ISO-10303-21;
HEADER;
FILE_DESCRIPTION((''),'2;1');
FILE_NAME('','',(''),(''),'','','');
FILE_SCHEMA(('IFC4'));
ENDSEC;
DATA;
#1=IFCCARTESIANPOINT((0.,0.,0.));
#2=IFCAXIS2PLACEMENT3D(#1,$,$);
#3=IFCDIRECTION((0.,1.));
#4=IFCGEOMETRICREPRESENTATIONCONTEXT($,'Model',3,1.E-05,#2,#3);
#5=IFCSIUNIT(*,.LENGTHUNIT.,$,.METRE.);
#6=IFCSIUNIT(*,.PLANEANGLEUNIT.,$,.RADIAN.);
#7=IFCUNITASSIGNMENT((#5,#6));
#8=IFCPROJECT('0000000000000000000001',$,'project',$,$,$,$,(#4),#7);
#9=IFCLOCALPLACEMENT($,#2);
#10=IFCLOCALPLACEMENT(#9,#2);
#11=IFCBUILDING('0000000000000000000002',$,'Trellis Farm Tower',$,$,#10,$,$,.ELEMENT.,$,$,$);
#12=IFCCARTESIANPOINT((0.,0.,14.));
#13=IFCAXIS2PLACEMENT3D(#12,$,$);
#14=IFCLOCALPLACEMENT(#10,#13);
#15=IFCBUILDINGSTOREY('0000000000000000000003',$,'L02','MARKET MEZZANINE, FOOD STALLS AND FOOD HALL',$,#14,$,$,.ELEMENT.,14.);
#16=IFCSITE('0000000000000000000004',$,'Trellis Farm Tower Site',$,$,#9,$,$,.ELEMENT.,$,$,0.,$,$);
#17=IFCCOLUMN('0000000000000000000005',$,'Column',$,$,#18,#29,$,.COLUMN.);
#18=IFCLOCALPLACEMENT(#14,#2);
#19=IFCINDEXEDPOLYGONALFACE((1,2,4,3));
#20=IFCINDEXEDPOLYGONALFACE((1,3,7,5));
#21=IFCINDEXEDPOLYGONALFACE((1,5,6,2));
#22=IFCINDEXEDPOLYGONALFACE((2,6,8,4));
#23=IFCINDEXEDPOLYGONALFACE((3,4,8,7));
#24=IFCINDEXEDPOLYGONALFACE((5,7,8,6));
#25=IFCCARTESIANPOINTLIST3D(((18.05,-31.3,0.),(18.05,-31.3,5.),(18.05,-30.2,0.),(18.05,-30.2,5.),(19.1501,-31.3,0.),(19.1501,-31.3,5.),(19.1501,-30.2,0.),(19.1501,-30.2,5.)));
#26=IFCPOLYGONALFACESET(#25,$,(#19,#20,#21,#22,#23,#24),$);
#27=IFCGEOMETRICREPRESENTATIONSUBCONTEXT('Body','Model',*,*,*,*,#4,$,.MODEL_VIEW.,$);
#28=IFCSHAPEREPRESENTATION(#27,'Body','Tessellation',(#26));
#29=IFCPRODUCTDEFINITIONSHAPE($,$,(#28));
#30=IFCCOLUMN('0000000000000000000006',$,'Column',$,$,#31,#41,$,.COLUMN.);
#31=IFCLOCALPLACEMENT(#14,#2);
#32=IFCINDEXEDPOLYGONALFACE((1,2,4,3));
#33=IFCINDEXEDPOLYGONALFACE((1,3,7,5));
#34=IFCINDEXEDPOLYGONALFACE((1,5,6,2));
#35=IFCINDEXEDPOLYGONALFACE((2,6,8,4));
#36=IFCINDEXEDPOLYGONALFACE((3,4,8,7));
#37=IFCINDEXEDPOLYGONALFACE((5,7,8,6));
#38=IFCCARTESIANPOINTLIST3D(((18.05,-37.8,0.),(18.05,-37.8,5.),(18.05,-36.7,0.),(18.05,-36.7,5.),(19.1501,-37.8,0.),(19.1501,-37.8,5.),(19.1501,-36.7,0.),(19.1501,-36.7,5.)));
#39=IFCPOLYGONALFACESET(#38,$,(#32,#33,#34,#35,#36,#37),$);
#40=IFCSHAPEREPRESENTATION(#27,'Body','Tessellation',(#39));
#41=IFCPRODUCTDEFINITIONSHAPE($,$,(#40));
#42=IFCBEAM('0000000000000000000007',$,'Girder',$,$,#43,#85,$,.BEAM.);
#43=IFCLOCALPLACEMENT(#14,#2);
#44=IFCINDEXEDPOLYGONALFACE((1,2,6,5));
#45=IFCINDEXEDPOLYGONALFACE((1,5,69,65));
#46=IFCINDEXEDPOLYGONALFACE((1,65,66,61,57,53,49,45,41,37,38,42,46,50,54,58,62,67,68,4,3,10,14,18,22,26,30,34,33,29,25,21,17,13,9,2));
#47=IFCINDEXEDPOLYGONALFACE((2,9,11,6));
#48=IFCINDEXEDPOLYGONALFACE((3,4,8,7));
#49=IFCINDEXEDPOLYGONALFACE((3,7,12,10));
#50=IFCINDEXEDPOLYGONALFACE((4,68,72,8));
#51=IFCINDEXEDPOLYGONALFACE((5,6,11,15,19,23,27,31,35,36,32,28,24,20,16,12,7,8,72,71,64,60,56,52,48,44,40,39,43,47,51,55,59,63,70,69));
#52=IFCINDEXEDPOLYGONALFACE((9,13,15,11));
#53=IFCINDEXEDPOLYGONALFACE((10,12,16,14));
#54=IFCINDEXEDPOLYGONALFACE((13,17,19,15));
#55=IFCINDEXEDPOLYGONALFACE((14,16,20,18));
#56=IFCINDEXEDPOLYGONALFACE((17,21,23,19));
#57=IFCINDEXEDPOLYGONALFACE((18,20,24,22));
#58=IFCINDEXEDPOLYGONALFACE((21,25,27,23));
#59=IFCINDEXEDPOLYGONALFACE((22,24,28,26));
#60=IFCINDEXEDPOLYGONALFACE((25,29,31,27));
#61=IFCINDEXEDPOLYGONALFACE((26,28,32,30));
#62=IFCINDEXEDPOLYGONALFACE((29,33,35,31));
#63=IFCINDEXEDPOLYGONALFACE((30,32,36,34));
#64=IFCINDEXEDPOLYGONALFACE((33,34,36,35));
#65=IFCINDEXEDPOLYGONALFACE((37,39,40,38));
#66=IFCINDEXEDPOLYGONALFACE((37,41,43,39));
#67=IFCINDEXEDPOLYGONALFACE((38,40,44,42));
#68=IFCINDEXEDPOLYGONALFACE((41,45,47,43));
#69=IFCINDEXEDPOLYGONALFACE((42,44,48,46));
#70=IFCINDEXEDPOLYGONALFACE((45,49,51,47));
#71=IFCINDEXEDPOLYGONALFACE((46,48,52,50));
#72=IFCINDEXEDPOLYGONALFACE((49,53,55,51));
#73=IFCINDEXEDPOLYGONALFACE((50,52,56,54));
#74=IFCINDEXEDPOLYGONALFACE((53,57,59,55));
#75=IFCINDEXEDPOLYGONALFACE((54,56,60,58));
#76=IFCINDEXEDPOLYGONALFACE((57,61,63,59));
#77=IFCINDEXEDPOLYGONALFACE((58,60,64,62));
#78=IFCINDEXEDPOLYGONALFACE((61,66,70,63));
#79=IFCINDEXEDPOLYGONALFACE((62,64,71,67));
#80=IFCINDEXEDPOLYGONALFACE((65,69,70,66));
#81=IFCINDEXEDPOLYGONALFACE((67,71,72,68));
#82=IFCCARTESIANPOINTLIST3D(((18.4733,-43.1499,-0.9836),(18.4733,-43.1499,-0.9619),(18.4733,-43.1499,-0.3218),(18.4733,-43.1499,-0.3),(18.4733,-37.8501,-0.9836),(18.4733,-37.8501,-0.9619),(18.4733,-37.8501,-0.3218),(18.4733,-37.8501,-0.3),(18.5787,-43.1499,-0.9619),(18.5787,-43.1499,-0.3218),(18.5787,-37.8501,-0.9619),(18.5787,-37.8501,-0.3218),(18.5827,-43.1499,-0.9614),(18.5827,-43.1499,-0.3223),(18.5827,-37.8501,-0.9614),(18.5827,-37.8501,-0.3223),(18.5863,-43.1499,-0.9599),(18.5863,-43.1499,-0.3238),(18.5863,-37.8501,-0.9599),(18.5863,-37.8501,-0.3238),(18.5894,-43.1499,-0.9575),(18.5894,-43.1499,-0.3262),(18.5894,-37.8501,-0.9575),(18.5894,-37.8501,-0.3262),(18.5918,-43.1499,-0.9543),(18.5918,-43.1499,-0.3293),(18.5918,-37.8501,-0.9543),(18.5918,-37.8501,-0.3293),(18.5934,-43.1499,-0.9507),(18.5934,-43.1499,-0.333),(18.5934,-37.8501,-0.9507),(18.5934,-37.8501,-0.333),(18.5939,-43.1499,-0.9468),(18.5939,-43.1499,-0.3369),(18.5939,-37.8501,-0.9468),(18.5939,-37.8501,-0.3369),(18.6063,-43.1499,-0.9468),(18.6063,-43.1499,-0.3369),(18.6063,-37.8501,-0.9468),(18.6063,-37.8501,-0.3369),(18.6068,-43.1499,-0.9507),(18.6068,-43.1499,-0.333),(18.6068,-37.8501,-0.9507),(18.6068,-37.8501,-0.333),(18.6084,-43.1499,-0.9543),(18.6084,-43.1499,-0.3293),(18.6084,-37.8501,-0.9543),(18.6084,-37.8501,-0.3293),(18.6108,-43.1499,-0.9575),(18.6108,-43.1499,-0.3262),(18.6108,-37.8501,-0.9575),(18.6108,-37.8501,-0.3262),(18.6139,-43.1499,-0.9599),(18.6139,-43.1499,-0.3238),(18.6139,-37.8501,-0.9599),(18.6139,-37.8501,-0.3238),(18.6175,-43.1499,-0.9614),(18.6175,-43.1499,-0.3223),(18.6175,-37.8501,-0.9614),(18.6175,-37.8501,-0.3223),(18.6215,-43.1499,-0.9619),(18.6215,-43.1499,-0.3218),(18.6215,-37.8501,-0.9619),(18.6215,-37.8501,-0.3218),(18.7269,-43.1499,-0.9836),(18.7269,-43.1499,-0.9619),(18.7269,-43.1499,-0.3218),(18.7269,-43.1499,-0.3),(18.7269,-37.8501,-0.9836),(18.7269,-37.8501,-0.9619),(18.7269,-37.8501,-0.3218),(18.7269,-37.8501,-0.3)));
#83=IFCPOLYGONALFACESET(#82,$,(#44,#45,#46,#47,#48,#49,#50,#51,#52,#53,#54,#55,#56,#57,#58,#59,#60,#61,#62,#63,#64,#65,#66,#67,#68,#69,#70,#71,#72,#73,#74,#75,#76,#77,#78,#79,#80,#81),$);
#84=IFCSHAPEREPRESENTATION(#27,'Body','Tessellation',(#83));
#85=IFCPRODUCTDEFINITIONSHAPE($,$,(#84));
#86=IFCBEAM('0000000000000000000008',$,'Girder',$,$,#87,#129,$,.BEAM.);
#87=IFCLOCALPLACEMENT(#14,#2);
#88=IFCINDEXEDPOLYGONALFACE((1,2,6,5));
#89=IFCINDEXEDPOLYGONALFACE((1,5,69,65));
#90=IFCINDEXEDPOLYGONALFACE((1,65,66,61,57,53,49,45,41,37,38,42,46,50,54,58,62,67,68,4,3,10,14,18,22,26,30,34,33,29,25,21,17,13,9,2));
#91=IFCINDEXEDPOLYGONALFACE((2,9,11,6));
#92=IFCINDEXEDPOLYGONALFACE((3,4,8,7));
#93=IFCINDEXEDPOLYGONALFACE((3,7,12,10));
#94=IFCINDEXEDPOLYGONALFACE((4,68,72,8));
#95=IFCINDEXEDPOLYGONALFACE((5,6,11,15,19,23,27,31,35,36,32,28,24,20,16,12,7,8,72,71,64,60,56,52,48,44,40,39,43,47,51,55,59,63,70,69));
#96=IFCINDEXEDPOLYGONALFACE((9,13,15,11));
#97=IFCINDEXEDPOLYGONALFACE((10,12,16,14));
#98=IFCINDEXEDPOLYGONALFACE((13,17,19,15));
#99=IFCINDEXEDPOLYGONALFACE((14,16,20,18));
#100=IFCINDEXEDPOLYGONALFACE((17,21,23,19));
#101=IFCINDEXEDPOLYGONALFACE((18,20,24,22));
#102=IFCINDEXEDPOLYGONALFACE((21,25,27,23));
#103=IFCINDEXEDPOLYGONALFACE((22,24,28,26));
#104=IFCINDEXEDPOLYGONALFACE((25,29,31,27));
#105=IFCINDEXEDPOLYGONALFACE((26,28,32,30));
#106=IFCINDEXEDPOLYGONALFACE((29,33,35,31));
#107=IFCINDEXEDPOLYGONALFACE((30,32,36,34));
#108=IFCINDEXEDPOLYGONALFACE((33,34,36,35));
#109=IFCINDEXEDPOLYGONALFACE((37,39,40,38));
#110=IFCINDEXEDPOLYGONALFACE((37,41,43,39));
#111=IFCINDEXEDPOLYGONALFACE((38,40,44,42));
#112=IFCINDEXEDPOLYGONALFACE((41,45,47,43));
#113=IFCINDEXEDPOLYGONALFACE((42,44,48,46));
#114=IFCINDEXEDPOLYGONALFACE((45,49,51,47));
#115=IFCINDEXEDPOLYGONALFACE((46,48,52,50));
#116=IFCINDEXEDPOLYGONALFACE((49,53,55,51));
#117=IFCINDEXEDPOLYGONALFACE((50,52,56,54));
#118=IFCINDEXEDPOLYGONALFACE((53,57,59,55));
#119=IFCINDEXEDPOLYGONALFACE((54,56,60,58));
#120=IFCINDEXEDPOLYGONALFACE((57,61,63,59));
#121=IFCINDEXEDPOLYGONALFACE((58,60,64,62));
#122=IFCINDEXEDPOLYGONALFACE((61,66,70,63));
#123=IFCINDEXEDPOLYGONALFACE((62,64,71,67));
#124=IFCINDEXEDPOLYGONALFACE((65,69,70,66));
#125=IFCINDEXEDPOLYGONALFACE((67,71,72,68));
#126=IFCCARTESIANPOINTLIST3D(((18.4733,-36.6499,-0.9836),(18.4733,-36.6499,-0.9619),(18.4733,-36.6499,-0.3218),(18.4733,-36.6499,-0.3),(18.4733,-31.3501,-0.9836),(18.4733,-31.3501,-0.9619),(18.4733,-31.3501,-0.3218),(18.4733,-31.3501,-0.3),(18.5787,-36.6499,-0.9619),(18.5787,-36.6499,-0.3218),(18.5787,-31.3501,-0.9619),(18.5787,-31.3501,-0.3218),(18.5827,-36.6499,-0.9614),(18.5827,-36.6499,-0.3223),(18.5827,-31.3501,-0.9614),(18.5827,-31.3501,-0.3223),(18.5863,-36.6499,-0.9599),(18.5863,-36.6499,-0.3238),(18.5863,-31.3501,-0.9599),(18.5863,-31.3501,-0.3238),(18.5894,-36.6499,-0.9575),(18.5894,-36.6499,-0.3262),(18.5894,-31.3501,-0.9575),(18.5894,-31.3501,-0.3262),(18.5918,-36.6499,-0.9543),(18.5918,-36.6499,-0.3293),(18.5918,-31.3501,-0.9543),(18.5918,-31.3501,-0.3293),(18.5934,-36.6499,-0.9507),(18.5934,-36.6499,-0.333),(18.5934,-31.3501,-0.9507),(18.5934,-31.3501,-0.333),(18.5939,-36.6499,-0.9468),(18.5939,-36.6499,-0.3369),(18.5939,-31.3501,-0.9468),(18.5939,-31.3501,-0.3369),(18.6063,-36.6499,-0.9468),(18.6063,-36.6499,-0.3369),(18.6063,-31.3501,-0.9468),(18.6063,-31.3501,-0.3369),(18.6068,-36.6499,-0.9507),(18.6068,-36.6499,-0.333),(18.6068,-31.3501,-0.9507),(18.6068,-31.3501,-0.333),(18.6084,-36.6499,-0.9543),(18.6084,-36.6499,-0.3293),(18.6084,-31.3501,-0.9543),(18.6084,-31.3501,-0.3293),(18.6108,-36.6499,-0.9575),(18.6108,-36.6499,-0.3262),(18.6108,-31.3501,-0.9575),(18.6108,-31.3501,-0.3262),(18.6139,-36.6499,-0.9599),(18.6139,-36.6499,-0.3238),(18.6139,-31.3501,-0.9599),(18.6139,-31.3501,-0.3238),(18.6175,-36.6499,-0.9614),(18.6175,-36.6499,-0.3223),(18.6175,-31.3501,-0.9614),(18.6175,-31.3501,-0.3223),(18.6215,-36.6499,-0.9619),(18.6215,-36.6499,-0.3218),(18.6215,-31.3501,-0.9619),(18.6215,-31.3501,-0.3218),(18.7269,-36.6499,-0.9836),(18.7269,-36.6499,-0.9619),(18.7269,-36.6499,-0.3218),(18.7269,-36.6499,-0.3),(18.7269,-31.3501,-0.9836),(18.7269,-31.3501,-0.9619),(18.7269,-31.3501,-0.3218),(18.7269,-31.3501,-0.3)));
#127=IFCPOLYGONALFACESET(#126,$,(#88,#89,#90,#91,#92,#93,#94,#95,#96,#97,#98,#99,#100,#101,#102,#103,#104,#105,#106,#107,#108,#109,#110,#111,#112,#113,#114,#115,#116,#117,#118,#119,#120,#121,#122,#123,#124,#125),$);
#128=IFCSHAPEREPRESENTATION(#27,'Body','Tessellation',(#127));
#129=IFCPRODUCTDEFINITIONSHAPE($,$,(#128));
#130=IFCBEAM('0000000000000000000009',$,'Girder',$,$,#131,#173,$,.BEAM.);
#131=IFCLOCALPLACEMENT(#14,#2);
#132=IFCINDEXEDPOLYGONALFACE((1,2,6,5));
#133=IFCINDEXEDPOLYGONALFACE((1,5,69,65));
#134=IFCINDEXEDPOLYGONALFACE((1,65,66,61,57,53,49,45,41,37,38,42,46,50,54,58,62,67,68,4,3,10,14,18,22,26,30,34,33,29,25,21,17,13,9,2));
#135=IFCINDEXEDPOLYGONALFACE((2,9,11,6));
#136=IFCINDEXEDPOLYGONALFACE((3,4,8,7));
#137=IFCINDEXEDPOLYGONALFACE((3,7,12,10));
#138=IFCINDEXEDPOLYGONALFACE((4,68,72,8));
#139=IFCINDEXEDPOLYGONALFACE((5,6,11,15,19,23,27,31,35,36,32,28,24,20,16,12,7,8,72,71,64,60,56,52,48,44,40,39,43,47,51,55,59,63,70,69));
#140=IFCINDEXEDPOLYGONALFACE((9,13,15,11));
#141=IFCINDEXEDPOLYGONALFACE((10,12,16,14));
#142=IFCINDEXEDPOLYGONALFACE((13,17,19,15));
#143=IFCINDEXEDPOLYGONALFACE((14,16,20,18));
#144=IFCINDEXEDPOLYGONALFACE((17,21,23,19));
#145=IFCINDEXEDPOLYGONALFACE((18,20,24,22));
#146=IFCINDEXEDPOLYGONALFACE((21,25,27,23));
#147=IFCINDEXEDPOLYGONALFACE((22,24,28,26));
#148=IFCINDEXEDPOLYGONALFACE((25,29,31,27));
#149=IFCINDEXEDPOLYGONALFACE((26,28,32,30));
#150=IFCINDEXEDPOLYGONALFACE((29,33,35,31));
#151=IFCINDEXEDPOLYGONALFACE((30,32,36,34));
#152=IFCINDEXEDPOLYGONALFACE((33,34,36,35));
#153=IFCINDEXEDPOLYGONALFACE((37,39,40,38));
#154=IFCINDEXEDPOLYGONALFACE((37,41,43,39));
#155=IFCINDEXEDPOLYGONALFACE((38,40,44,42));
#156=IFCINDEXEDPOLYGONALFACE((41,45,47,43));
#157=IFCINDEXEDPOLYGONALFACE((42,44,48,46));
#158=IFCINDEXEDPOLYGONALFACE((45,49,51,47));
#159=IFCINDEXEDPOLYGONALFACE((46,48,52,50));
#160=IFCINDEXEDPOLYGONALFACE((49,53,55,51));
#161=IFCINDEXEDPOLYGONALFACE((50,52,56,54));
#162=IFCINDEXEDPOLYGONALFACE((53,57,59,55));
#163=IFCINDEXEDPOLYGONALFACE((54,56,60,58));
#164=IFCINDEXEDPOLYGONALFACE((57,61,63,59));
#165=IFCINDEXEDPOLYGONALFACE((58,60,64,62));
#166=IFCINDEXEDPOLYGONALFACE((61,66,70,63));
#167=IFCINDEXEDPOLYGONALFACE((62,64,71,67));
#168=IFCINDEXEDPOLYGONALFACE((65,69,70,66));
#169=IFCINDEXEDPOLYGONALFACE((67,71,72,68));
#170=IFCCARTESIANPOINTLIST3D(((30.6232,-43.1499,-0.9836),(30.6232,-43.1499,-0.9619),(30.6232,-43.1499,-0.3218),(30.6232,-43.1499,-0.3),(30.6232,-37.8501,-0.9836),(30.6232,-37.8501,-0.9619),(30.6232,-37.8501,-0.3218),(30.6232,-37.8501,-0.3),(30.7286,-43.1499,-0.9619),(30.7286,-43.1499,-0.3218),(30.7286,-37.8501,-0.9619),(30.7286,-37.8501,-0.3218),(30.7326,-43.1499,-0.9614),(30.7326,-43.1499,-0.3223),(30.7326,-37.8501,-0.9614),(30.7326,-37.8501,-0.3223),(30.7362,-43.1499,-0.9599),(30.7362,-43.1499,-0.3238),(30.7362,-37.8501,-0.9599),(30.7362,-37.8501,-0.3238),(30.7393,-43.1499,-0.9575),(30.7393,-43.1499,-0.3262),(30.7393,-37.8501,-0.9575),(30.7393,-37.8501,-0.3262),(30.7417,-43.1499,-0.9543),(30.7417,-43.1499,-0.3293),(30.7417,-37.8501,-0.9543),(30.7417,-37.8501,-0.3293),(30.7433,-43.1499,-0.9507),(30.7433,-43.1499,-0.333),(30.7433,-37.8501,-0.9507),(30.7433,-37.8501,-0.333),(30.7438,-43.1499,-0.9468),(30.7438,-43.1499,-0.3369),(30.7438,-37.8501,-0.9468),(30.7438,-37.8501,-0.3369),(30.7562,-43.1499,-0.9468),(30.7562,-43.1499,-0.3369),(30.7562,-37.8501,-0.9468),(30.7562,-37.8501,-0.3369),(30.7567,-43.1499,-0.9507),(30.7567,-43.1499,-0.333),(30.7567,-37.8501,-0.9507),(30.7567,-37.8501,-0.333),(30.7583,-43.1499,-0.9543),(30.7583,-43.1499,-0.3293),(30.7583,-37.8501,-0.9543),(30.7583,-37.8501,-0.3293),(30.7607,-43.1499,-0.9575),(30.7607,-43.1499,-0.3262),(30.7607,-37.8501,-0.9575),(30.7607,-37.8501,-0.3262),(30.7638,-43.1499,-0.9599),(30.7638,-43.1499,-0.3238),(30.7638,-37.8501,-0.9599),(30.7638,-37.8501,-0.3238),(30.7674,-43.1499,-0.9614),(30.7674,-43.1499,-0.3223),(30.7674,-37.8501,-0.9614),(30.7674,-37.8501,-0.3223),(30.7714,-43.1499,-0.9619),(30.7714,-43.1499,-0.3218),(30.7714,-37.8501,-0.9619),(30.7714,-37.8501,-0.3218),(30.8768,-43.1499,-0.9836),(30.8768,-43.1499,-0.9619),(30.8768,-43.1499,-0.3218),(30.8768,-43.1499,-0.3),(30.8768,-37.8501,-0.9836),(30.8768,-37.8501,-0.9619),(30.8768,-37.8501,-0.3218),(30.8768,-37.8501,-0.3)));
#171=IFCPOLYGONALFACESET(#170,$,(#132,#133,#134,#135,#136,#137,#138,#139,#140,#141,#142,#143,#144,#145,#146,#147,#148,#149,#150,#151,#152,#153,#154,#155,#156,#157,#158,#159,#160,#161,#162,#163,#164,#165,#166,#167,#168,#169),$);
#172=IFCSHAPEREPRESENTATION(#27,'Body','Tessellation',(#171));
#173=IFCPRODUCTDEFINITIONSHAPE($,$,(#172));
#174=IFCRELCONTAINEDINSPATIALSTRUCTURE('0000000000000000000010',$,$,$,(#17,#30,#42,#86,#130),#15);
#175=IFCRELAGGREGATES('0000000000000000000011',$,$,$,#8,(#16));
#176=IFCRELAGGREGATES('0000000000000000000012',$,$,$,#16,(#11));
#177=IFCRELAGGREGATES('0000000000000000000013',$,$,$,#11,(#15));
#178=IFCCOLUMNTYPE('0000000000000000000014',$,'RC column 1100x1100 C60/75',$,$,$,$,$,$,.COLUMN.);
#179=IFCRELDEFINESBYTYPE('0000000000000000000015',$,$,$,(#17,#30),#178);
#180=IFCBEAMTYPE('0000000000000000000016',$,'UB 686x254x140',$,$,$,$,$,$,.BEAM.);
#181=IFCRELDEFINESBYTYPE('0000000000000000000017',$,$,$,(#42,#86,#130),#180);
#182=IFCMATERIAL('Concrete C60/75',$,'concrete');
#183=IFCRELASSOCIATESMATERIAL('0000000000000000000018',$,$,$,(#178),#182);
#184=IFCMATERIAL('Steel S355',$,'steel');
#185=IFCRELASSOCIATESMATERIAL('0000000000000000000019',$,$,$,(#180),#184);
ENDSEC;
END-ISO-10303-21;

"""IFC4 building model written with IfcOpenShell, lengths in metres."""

from ifc_helpers import new_model, si_unit, direction, frame, origin, origin_2d, place, context, subcontext, project, spatial, rectangle, i_section, extrude, source, transform, mapped, material, material_profile, profile_set, type_object, element, save


model = new_model("IFC4")

# Units and contexts
model_context = context("Model", 3, precision=1e-05, world=origin(), true_north=direction((0.0, 1.0)))
body_context = subcontext(model_context, "Body", "Model", "MODEL_VIEW")
ifc_project = project(units=[si_unit("LENGTHUNIT", "METRE"), si_unit("PLANEANGLEUNIT", "RADIAN")], contexts=[model_context])

# Site, building, storey
site_placement = place(None, origin())
site = spatial("IfcSite", under=ifc_project, at=site_placement, Name="Trellis Farm Tower Site", CompositionType="ELEMENT", RefElevation=0.0)
building_placement = place(site_placement, origin())
building = spatial("IfcBuilding", under=site, at=building_placement, Name="Trellis Farm Tower", CompositionType="ELEMENT")
storey_placement = place(building_placement, frame((0.0, 0.0, 14.0)))
storey = spatial("IfcBuildingStorey", under=building, at=storey_placement, Name="L02", Description="MARKET MEZZANINE, FOOD STALLS AND FOOD HALL", CompositionType="ELEMENT", Elevation=14.0)

# Columns
ifc_material_1 = material(Name="Concrete C60/75", Category="concrete")
ifc_material_profile_1 = material_profile(ifc_material_1, rectangle(XDim=1.1001, YDim=1.1001, at=origin_2d()), Name="RC column 1100x1100 C60/75")
ifc_profile_set_1 = profile_set([ifc_material_profile_1], Name="Concrete C60/75")
column_type = type_object("IfcColumnType", Name="RC column 1100x1100 C60/75", PredefinedType="COLUMN", material=ifc_profile_set_1)
shared_shape_1 = source(origin(), body_context, "Body", "SweptSolid", [
    extrude(rectangle(XDim=1.1001, YDim=1.1001, at=origin_2d()), origin(), (0.0, 0.0, 1.0), 5.0),
])
for number, where, z_axis, x_axis, name in (
    (1, (18.6001, -30.75, 0.0), (0.0, 0.0, 1.0), (1.0, 0.0, 0.0), "Column"),
    (2, (18.6001, -37.25, 0.0), (0.0, 0.0, 1.0), (1.0, 0.0, 0.0), "Column"),
):
    element("IfcColumn", number, at=place(storey_placement, frame(where, z_axis=z_axis, x_axis=x_axis)), inside=storey, type_object=column_type, Name=name, PredefinedType="COLUMN", context=body_context, shape_type="MappedRepresentation", body=[
        mapped(shared_shape_1, transform((0.0, 0.0, 0.0))),
    ])

# Beams
ifc_material_2 = material(Name="Steel S355", Category="steel")
ifc_material_profile_2 = material_profile(ifc_material_2, i_section(OverallWidth=0.2537, OverallDepth=0.6836, WebThickness=0.0125, FlangeThickness=0.0217, FilletRadius=0.0151, at=origin_2d()), Name="UB 686x254x140")
ifc_profile_set_2 = profile_set([ifc_material_profile_2], Name="Steel S355")
beam_type_1 = type_object("IfcBeamType", Name="UB 686x254x140", PredefinedType="BEAM", material=ifc_profile_set_2)
shared_shape_2 = source(origin(), body_context, "Body", "SweptSolid", [
    extrude(i_section(OverallWidth=0.2537, OverallDepth=0.6836, WebThickness=0.0125, FlangeThickness=0.0217, FilletRadius=0.0151, at=origin_2d()), origin(), (0.0, 0.0, 1.0), 5.2998),
])
for number, where, z_axis, x_axis, name in (
    (3, (18.6001, -43.1499, -0.6418), (0.0, 1.0, 0.0), (-1.0, 0.0, 0.0), "Girder"),
    (4, (18.6001, -36.6499, -0.6418), (0.0, 1.0, 0.0), (-1.0, 0.0, 0.0), "Girder"),
    (5, (30.75, -43.1499, -0.6418), (0.0, 1.0, 0.0), (-1.0, 0.0, 0.0), "Girder"),
):
    element("IfcBeam", number, at=place(storey_placement, frame(where, z_axis=z_axis, x_axis=x_axis)), inside=storey, type_object=beam_type_1, Name=name, PredefinedType="BEAM", context=body_context, shape_type="MappedRepresentation", body=[
        mapped(shared_shape_2, transform((0.0, 0.0, 0.0))),
    ])

save(model, "model.ifc")
